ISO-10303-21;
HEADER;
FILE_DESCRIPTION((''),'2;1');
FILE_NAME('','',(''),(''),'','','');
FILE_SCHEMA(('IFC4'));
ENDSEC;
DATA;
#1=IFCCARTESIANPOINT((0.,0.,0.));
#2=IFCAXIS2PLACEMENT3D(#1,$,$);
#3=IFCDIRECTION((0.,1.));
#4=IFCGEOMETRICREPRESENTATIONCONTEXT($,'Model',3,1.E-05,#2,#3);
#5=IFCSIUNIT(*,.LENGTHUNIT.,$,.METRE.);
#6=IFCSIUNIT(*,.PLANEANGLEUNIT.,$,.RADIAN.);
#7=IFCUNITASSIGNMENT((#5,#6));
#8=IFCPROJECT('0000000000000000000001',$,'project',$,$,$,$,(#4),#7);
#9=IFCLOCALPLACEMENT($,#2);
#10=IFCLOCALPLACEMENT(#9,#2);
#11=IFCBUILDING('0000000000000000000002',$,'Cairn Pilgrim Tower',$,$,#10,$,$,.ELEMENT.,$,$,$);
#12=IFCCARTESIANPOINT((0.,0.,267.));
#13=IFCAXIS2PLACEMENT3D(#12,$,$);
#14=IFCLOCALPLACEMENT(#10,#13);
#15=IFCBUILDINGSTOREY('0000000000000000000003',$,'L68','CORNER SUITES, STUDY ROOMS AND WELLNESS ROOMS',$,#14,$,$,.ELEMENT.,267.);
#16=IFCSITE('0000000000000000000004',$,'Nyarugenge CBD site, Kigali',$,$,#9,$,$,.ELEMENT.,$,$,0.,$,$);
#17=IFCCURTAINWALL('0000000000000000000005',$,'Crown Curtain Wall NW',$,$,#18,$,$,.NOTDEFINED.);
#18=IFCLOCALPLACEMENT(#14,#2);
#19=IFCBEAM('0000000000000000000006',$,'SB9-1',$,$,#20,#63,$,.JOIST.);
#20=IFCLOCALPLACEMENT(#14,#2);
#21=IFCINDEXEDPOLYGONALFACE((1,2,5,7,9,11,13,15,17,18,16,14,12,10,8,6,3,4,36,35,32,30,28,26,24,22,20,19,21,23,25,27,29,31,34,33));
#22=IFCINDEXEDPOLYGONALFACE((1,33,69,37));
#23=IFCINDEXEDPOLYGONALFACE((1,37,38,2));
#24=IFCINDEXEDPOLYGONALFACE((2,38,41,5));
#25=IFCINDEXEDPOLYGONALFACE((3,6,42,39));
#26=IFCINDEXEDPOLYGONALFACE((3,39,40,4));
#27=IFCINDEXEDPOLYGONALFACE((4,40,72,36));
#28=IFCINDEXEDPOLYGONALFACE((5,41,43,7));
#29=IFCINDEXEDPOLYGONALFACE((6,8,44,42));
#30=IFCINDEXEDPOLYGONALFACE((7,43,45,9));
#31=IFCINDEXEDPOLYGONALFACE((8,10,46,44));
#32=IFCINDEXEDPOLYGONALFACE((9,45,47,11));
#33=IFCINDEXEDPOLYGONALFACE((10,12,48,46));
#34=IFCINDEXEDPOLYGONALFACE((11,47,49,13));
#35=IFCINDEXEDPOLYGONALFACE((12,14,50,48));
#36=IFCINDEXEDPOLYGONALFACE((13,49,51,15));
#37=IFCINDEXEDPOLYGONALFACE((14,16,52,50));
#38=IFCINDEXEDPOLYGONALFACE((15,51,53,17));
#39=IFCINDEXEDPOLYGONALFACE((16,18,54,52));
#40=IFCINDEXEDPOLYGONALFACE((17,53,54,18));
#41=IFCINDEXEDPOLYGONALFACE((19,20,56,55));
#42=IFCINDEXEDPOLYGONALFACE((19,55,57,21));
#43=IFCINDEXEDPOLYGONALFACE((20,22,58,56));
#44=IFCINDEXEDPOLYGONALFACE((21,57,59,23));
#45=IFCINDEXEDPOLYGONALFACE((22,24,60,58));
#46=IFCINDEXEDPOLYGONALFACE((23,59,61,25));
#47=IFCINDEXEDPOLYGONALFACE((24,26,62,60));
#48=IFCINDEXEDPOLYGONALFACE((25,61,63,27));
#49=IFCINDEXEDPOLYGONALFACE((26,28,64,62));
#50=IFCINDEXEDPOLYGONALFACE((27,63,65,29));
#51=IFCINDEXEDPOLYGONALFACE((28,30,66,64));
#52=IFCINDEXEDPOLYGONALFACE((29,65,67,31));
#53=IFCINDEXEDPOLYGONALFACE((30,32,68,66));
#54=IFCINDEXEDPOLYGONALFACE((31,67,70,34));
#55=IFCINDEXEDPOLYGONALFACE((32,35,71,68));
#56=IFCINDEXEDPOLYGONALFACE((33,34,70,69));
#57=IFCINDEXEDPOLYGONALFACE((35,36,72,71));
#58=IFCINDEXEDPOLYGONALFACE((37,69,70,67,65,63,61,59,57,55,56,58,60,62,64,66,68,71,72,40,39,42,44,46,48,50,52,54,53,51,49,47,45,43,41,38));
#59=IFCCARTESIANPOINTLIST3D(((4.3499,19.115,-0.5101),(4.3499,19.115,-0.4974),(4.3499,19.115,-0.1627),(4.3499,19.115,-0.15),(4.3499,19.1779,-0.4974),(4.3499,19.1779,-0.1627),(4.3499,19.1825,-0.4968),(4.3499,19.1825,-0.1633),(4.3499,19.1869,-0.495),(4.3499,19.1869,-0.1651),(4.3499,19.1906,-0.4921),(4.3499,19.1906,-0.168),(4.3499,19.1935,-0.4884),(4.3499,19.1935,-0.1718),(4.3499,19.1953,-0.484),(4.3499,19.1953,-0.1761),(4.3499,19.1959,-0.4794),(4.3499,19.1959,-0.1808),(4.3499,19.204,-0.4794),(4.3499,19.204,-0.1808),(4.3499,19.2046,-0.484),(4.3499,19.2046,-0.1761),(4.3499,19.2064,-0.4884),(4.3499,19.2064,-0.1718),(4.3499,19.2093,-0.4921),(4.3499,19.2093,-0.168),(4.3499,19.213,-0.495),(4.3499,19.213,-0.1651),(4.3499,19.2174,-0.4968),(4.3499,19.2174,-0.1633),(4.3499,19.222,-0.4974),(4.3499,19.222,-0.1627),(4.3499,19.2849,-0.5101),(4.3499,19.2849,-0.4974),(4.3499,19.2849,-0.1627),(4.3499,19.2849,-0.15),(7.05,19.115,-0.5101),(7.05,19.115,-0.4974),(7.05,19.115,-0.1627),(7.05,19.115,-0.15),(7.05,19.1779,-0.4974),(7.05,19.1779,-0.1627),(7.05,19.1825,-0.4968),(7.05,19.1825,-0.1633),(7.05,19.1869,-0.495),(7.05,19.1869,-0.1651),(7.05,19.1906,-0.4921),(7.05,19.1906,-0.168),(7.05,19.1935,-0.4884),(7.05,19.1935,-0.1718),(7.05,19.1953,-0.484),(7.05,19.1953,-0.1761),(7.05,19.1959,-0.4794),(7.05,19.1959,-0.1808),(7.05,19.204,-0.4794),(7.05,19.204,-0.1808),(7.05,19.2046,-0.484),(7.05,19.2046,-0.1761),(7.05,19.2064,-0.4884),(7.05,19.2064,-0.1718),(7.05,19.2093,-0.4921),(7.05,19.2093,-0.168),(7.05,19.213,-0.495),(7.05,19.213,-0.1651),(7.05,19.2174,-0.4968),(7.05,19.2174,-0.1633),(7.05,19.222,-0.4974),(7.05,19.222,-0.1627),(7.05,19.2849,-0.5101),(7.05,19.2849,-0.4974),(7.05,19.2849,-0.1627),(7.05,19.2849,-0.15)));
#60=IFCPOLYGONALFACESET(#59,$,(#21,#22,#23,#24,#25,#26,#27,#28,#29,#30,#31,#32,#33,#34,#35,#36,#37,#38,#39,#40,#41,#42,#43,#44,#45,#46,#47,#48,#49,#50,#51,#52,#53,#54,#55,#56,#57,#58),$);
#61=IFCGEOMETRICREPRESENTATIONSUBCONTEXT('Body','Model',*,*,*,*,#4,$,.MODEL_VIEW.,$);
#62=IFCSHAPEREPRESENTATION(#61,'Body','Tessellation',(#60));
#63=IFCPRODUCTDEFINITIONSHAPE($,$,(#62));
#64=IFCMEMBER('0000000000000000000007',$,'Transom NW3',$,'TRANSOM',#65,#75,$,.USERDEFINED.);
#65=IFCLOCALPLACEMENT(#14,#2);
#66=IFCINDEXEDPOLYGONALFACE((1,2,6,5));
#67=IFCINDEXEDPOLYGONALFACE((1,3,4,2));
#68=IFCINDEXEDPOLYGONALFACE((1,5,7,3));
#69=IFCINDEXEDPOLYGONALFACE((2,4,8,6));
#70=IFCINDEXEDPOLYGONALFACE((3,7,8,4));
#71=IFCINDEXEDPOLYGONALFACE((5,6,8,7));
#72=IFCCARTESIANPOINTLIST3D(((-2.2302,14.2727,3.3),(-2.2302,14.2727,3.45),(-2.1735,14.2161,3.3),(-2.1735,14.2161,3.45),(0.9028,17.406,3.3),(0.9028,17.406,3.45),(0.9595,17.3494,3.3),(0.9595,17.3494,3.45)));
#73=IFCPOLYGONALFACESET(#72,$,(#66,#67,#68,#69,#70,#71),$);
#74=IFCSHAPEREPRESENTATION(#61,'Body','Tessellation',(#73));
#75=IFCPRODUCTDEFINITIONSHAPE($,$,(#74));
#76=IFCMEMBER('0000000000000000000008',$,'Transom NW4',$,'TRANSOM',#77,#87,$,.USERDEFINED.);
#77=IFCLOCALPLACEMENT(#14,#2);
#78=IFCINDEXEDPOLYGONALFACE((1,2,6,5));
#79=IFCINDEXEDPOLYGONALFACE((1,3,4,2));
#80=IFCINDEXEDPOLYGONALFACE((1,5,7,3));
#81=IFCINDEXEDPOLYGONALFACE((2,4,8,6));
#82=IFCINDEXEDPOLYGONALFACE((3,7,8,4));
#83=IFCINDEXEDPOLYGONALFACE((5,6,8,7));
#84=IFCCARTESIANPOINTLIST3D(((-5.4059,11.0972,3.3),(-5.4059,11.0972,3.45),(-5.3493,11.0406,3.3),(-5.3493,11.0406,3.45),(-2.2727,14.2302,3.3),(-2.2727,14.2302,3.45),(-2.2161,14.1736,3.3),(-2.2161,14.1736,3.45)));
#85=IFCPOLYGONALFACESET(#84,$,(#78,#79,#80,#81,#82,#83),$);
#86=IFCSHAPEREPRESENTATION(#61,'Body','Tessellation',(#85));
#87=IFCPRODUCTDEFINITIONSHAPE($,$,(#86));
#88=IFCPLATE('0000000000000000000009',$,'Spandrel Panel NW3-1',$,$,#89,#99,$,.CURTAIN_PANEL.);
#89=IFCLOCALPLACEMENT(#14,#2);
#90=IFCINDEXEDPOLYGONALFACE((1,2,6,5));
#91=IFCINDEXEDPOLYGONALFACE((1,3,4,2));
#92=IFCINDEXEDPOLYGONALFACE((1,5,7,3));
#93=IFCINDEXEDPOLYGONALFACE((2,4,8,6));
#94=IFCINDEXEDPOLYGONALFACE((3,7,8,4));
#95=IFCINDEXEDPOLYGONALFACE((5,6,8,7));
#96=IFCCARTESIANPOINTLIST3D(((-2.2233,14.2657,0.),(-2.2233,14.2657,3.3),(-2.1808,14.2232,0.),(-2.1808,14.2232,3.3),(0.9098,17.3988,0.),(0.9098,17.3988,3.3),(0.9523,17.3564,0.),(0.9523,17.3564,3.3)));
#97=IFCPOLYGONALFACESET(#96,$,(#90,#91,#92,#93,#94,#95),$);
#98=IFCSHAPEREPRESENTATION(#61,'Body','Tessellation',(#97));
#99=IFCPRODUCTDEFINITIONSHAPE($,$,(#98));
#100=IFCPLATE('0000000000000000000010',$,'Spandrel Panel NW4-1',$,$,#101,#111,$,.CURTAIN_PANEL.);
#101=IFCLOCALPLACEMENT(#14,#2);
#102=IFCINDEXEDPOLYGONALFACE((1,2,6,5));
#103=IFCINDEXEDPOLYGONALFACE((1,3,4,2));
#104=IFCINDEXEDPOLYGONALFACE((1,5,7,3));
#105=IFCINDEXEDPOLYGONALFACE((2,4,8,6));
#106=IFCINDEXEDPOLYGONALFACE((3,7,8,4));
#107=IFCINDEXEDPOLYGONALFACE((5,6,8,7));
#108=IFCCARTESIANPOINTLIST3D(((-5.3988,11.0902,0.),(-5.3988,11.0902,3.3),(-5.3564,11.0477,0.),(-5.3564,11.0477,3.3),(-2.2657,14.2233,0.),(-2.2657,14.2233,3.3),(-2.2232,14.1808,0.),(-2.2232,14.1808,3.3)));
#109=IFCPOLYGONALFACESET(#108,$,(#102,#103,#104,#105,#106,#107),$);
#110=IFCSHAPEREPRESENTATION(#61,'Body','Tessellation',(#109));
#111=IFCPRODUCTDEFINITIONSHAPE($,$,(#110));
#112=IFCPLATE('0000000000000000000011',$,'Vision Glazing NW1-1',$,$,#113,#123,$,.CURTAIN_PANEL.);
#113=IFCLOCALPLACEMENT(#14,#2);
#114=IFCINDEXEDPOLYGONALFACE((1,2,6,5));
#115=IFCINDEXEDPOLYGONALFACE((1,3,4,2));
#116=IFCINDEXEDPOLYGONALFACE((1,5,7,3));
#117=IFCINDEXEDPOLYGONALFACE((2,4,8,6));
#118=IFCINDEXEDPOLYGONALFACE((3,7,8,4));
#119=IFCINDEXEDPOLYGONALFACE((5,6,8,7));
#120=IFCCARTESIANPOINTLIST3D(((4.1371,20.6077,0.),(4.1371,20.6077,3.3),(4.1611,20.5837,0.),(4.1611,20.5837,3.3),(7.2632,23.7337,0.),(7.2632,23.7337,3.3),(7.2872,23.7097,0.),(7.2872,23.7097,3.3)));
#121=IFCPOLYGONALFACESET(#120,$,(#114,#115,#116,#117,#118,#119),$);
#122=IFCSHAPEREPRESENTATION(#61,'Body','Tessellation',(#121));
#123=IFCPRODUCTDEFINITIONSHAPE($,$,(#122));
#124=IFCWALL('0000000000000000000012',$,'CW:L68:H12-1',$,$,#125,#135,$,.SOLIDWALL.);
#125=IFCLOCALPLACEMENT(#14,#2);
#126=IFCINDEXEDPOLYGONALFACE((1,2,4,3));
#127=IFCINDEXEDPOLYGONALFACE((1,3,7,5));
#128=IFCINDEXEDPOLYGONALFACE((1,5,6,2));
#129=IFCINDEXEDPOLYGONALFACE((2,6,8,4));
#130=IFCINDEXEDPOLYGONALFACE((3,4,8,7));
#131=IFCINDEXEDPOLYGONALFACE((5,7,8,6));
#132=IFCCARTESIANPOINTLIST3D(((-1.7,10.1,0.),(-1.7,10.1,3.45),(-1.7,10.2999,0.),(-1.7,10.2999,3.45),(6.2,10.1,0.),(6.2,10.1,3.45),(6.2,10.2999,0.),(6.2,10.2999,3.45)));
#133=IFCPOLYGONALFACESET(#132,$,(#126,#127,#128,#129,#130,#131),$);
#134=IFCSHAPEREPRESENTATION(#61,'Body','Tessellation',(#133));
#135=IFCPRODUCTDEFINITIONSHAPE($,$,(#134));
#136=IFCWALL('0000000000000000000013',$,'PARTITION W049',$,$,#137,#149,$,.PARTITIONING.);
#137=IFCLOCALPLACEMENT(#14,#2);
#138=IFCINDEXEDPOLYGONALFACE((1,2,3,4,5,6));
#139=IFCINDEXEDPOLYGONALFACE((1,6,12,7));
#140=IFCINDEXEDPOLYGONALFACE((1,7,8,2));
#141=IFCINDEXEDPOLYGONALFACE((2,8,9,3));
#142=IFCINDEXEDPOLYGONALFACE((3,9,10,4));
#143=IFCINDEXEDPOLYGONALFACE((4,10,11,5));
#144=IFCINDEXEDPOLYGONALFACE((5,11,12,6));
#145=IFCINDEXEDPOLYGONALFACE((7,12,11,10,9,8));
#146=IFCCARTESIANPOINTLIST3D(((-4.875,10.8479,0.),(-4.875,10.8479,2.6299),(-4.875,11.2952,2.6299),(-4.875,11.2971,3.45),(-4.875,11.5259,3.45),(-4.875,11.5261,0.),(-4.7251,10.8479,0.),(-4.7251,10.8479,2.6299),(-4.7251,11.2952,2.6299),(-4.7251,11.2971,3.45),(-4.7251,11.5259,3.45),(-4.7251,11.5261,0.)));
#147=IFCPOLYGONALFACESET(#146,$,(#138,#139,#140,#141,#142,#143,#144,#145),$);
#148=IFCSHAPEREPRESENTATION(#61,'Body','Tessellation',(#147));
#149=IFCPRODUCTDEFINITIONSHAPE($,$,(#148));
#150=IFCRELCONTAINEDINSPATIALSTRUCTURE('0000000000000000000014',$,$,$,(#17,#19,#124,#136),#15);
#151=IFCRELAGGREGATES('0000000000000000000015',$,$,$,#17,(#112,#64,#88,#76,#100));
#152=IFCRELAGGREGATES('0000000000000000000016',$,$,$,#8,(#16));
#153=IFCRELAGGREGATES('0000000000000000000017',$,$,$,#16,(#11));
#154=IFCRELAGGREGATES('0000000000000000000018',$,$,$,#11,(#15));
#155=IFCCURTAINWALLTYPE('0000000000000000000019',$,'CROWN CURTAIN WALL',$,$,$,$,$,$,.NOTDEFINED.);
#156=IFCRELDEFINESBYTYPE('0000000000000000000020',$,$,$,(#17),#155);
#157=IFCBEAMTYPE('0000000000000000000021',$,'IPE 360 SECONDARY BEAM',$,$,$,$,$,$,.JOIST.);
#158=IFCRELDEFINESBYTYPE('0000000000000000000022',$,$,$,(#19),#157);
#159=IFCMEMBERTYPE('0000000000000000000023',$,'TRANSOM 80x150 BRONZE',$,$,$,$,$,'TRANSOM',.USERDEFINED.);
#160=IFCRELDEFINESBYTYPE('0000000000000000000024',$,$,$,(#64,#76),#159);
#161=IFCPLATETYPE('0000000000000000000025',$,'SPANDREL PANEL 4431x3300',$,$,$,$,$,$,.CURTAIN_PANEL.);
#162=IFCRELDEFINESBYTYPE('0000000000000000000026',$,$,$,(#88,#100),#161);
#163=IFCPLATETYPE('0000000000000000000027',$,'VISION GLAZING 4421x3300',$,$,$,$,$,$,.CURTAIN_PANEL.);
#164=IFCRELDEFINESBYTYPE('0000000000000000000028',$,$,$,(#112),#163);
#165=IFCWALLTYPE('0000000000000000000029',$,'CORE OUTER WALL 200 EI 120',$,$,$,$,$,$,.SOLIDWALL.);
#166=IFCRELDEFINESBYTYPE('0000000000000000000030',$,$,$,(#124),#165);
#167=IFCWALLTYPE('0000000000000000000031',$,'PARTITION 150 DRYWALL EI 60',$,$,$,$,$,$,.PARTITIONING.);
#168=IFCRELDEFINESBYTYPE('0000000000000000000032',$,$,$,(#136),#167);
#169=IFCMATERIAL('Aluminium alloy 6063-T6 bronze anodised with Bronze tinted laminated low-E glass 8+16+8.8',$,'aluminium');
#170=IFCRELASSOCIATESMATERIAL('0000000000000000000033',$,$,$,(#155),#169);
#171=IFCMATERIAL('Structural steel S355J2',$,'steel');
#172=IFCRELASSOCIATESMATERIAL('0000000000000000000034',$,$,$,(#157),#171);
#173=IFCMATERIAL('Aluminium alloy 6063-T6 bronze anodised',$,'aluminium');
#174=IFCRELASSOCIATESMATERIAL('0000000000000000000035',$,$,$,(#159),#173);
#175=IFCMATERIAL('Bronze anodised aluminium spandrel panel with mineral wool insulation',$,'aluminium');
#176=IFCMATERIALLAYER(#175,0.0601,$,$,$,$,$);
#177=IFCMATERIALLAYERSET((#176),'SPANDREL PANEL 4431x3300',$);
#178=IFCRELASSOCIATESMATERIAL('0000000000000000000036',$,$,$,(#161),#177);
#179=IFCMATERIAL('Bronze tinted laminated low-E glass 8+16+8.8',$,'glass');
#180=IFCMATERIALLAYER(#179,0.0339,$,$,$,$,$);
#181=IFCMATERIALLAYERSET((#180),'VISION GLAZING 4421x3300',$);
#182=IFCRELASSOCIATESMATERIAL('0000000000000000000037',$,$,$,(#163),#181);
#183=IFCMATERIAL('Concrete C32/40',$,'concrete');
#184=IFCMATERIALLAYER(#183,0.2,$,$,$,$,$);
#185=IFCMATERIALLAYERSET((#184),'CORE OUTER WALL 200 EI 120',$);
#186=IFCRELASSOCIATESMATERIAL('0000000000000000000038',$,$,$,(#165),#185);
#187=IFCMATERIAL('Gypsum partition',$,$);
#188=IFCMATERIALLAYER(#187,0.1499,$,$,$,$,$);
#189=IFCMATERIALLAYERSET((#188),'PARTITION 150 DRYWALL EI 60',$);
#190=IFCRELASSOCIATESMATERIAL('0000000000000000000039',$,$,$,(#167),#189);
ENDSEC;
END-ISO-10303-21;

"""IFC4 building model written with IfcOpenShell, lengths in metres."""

from ifc_helpers import new_model, si_unit, direction, frame, frame_2d, origin, origin_2d, place, context, subcontext, project, spatial, polyline, rectangle, i_section, outline, extrude, material, layer, layer_set, material_profile, profile_set, type_object, element, aggregate, save


model = new_model("IFC4")

# Units and contexts
model_context = context("Model", 3, precision=1e-05, world=origin(), true_north=direction((0.0, 1.0)))
body_context = subcontext(model_context, "Body", "Model", "MODEL_VIEW")
ifc_project = project(units=[si_unit("LENGTHUNIT", "METRE"), si_unit("PLANEANGLEUNIT", "RADIAN")], contexts=[model_context])

# Site, building, storey
site_placement = place(None, origin())
site = spatial("IfcSite", under=ifc_project, at=site_placement, Name="Nyarugenge CBD site, Kigali", CompositionType="ELEMENT", RefElevation=0.0)
building_placement = place(site_placement, origin())
building = spatial("IfcBuilding", under=site, at=building_placement, Name="Cairn Pilgrim Tower", CompositionType="ELEMENT")
storey_placement = place(building_placement, frame((0.0, 0.0, 267.0)))
storey = spatial("IfcBuildingStorey", under=building, at=storey_placement, Name="L68", Description="CORNER SUITES, STUDY ROOMS AND WELLNESS ROOMS", CompositionType="ELEMENT", Elevation=267.0)

# Shared definitions
ifc_material_1 = material(Name="Structural steel S355J2", Category="steel")

# Curtain wall
ifc_material_2 = material(Name="Aluminium alloy 6063-T6 bronze anodised with Bronze tinted laminated low-E glass 8+16+8.8", Category="aluminium")
curtain_wall_type = type_object("IfcCurtainWallType", Name="CROWN CURTAIN WALL", PredefinedType="NOTDEFINED", material=ifc_material_2)
curtain_wall_placement = place(storey_placement, origin())
curtain_wall = element("IfcCurtainWall", 1, at=curtain_wall_placement, inside=storey, type_object=curtain_wall_type, Name="Crown Curtain Wall NW", PredefinedType="NOTDEFINED")
ifc_material_3 = material(Name="Aluminium alloy 6063-T6 bronze anodised", Category="aluminium")

# Beam
ifc_material_profile_1 = material_profile(ifc_material_1, i_section(OverallWidth=0.1699, OverallDepth=0.3601, WebThickness=0.0081, FlangeThickness=0.0127, FilletRadius=0.0181, at=origin_2d()), Name="IPE 360")
ifc_profile_set_1 = profile_set([ifc_material_profile_1], Name="Structural steel S355J2")
beam_type_1 = type_object("IfcBeamType", Name="IPE 360 SECONDARY BEAM", PredefinedType="JOIST", material=ifc_profile_set_1)
beam_1_placement = place(storey_placement, frame((4.3499, 19.2, -0.3301), z_axis=(1.0, 0.0, 0.0), x_axis=(0.0, 1.0, 0.0)))
element("IfcBeam", 2, at=beam_1_placement, inside=storey, type_object=beam_type_1, Name="SB9-1", PredefinedType="JOIST", context=body_context, shape_type="SweptSolid", body=[
    extrude(i_section(OverallWidth=0.1699, OverallDepth=0.3601, WebThickness=0.0081, FlangeThickness=0.0127, FilletRadius=0.0181, at=origin_2d()), origin(), (0.0, 0.0, 1.0), 2.7002),
])

# Members
ifc_material_profile_2 = material_profile(ifc_material_3, rectangle(XDim=0.0801, YDim=0.1499, at=origin_2d()), Name="TRANSOM 80x150 BRONZE")
ifc_profile_set_2 = profile_set([ifc_material_profile_2], Name="Aluminium alloy 6063-T6 bronze anodised")
member_type_1 = type_object("IfcMemberType", Name="TRANSOM 80x150 BRONZE", ElementType="TRANSOM", PredefinedType="USERDEFINED", material=ifc_profile_set_2)
member_1_placement = place(storey_placement, frame((0.9312, 17.3777, 3.375), z_axis=(-0.707079, -0.707134, 0.0), x_axis=(0.707134, -0.707079, 0.0)))
member_1 = element("IfcMember", 3, at=member_1_placement, type_object=member_type_1, Name="Transom NW3", ObjectType="TRANSOM", PredefinedType="USERDEFINED", context=body_context, shape_type="SweptSolid", body=[
    extrude(rectangle(XDim=0.0801, YDim=0.1499, at=origin_2d()), origin(), (0.0, 0.0, 1.0), 4.4309),
])
member_2_placement = place(storey_placement, frame((-2.2444, 14.2019, 3.375), z_axis=(-0.707134, -0.707079, 0.0), x_axis=(0.707079, -0.707134, 0.0)))
member_2 = element("IfcMember", 4, at=member_2_placement, type_object=member_type_1, Name="Transom NW4", ObjectType="TRANSOM", PredefinedType="USERDEFINED", context=body_context, shape_type="SweptSolid", body=[
    extrude(rectangle(XDim=0.0801, YDim=0.1499, at=origin_2d()), origin(), (0.0, 0.0, 1.0), 4.4309),
])

# Plates
ifc_material_4 = material(Name="Bronze anodised aluminium spandrel panel with mineral wool insulation", Category="aluminium")
ifc_layer_1 = layer(ifc_material_4, 0.0601)
ifc_layer_set_1 = layer_set([ifc_layer_1], Name="SPANDREL PANEL 4431x3300")
plate_type_1 = type_object("IfcPlateType", Name="SPANDREL PANEL 4431x3300", PredefinedType="CURTAIN_PANEL", material=ifc_layer_set_1)
plate_1_placement = place(storey_placement, frame((-0.6355, 15.811, 0.0), z_axis=(0.0, 0.0, 1.0), x_axis=(-0.707107, -0.707107, 0.0)))
plate_1 = element("IfcPlate", 5, at=plate_1_placement, type_object=plate_type_1, Name="Spandrel Panel NW3-1", PredefinedType="CURTAIN_PANEL", context=body_context, shape_type="SweptSolid", body=[
    extrude(rectangle(XDim=4.4309, YDim=0.0601, at=origin_2d()), origin(), (0.0, 0.0, 1.0), 3.3),
])
plate_2_placement = place(storey_placement, frame((-3.811, 12.6355, 0.0), z_axis=(0.0, 0.0, 1.0), x_axis=(-0.707107, -0.707107, 0.0)))
plate_2 = element("IfcPlate", 6, at=plate_2_placement, type_object=plate_type_1, Name="Spandrel Panel NW4-1", PredefinedType="CURTAIN_PANEL", context=body_context, shape_type="SweptSolid", body=[
    extrude(rectangle(XDim=4.4309, YDim=0.0601, at=origin_2d()), origin(), (0.0, 0.0, 1.0), 3.3),
])
ifc_material_5 = material(Name="Bronze tinted laminated low-E glass 8+16+8.8", Category="glass")
ifc_layer_2 = layer(ifc_material_5, 0.0339)
ifc_layer_set_2 = layer_set([ifc_layer_2], Name="VISION GLAZING 4421x3300")
plate_type_2 = type_object("IfcPlateType", Name="VISION GLAZING 4421x3300", PredefinedType="CURTAIN_PANEL", material=ifc_layer_set_2)
plate_3_placement = place(storey_placement, frame((5.7122, 22.1587, 0.0), z_axis=(0.0, 0.0, 1.0), x_axis=(-0.707107, -0.707107, 0.0)))
plate_3 = element("IfcPlate", 7, at=plate_3_placement, type_object=plate_type_2, Name="Vision Glazing NW1-1", PredefinedType="CURTAIN_PANEL", context=body_context, shape_type="SweptSolid", body=[
    extrude(rectangle(XDim=4.4209, YDim=0.0339, at=origin_2d()), origin(), (0.0, 0.0, 1.0), 3.3),
])
aggregate(curtain_wall, [plate_3, member_1, plate_1, member_2, plate_2])

# Walls
ifc_material_6 = material(Name="Concrete C32/40", Category="concrete")
ifc_layer_3 = layer(ifc_material_6, 0.2)
ifc_layer_set_3 = layer_set([ifc_layer_3], Name="CORE OUTER WALL 200 EI 120")
wall_type_1 = type_object("IfcWallType", Name="CORE OUTER WALL 200 EI 120", PredefinedType="SOLIDWALL", material=ifc_layer_set_3)
wall_1_placement = place(storey_placement, frame((-1.7, 10.2, 0.0), z_axis=(0.0, 0.0, 1.0), x_axis=(1.0, 0.0, 0.0)))
element("IfcWall", 8, at=wall_1_placement, inside=storey, type_object=wall_type_1, Name="CW:L68:H12-1", PredefinedType="SOLIDWALL", context=body_context, shape_type="SweptSolid", body=[
    extrude(rectangle(XDim=7.8999, YDim=0.2, at=frame_2d((3.95, 0.0))), origin(), (0.0, 0.0, 1.0), 3.45),
])
ifc_material_7 = material(Name="Gypsum partition")
ifc_layer_4 = layer(ifc_material_7, 0.1499)
ifc_layer_set_4 = layer_set([ifc_layer_4], Name="PARTITION 150 DRYWALL EI 60")
wall_type_2 = type_object("IfcWallType", Name="PARTITION 150 DRYWALL EI 60", PredefinedType="PARTITIONING", material=ifc_layer_set_4)
wall_2_placement = place(storey_placement, frame((-4.8, 10.8479, 0.0), z_axis=(0.0, 0.0, 1.0), x_axis=(0.0, 1.0, 0.0)))
element("IfcWall", 9, at=wall_2_placement, inside=storey, type_object=wall_type_2, Name="PARTITION W049", PredefinedType="PARTITIONING", context=body_context, shape_type="SweptSolid", body=[
    extrude(outline(polyline([(0.0, 0.0), (0.6782, 0.0), (0.678, 3.45), (0.4492, 3.45), (0.4473, 2.6299), (0.0, 2.6299), (0.0, 0.0)])), frame((0.0, 0.075, 0.0), z_axis=(0.0, -1.0, 0.0), x_axis=(1.0, 0.0, 0.0)), (0.0, 0.0, 1.0), 0.1499),
])

save(model, "model.ifc")
